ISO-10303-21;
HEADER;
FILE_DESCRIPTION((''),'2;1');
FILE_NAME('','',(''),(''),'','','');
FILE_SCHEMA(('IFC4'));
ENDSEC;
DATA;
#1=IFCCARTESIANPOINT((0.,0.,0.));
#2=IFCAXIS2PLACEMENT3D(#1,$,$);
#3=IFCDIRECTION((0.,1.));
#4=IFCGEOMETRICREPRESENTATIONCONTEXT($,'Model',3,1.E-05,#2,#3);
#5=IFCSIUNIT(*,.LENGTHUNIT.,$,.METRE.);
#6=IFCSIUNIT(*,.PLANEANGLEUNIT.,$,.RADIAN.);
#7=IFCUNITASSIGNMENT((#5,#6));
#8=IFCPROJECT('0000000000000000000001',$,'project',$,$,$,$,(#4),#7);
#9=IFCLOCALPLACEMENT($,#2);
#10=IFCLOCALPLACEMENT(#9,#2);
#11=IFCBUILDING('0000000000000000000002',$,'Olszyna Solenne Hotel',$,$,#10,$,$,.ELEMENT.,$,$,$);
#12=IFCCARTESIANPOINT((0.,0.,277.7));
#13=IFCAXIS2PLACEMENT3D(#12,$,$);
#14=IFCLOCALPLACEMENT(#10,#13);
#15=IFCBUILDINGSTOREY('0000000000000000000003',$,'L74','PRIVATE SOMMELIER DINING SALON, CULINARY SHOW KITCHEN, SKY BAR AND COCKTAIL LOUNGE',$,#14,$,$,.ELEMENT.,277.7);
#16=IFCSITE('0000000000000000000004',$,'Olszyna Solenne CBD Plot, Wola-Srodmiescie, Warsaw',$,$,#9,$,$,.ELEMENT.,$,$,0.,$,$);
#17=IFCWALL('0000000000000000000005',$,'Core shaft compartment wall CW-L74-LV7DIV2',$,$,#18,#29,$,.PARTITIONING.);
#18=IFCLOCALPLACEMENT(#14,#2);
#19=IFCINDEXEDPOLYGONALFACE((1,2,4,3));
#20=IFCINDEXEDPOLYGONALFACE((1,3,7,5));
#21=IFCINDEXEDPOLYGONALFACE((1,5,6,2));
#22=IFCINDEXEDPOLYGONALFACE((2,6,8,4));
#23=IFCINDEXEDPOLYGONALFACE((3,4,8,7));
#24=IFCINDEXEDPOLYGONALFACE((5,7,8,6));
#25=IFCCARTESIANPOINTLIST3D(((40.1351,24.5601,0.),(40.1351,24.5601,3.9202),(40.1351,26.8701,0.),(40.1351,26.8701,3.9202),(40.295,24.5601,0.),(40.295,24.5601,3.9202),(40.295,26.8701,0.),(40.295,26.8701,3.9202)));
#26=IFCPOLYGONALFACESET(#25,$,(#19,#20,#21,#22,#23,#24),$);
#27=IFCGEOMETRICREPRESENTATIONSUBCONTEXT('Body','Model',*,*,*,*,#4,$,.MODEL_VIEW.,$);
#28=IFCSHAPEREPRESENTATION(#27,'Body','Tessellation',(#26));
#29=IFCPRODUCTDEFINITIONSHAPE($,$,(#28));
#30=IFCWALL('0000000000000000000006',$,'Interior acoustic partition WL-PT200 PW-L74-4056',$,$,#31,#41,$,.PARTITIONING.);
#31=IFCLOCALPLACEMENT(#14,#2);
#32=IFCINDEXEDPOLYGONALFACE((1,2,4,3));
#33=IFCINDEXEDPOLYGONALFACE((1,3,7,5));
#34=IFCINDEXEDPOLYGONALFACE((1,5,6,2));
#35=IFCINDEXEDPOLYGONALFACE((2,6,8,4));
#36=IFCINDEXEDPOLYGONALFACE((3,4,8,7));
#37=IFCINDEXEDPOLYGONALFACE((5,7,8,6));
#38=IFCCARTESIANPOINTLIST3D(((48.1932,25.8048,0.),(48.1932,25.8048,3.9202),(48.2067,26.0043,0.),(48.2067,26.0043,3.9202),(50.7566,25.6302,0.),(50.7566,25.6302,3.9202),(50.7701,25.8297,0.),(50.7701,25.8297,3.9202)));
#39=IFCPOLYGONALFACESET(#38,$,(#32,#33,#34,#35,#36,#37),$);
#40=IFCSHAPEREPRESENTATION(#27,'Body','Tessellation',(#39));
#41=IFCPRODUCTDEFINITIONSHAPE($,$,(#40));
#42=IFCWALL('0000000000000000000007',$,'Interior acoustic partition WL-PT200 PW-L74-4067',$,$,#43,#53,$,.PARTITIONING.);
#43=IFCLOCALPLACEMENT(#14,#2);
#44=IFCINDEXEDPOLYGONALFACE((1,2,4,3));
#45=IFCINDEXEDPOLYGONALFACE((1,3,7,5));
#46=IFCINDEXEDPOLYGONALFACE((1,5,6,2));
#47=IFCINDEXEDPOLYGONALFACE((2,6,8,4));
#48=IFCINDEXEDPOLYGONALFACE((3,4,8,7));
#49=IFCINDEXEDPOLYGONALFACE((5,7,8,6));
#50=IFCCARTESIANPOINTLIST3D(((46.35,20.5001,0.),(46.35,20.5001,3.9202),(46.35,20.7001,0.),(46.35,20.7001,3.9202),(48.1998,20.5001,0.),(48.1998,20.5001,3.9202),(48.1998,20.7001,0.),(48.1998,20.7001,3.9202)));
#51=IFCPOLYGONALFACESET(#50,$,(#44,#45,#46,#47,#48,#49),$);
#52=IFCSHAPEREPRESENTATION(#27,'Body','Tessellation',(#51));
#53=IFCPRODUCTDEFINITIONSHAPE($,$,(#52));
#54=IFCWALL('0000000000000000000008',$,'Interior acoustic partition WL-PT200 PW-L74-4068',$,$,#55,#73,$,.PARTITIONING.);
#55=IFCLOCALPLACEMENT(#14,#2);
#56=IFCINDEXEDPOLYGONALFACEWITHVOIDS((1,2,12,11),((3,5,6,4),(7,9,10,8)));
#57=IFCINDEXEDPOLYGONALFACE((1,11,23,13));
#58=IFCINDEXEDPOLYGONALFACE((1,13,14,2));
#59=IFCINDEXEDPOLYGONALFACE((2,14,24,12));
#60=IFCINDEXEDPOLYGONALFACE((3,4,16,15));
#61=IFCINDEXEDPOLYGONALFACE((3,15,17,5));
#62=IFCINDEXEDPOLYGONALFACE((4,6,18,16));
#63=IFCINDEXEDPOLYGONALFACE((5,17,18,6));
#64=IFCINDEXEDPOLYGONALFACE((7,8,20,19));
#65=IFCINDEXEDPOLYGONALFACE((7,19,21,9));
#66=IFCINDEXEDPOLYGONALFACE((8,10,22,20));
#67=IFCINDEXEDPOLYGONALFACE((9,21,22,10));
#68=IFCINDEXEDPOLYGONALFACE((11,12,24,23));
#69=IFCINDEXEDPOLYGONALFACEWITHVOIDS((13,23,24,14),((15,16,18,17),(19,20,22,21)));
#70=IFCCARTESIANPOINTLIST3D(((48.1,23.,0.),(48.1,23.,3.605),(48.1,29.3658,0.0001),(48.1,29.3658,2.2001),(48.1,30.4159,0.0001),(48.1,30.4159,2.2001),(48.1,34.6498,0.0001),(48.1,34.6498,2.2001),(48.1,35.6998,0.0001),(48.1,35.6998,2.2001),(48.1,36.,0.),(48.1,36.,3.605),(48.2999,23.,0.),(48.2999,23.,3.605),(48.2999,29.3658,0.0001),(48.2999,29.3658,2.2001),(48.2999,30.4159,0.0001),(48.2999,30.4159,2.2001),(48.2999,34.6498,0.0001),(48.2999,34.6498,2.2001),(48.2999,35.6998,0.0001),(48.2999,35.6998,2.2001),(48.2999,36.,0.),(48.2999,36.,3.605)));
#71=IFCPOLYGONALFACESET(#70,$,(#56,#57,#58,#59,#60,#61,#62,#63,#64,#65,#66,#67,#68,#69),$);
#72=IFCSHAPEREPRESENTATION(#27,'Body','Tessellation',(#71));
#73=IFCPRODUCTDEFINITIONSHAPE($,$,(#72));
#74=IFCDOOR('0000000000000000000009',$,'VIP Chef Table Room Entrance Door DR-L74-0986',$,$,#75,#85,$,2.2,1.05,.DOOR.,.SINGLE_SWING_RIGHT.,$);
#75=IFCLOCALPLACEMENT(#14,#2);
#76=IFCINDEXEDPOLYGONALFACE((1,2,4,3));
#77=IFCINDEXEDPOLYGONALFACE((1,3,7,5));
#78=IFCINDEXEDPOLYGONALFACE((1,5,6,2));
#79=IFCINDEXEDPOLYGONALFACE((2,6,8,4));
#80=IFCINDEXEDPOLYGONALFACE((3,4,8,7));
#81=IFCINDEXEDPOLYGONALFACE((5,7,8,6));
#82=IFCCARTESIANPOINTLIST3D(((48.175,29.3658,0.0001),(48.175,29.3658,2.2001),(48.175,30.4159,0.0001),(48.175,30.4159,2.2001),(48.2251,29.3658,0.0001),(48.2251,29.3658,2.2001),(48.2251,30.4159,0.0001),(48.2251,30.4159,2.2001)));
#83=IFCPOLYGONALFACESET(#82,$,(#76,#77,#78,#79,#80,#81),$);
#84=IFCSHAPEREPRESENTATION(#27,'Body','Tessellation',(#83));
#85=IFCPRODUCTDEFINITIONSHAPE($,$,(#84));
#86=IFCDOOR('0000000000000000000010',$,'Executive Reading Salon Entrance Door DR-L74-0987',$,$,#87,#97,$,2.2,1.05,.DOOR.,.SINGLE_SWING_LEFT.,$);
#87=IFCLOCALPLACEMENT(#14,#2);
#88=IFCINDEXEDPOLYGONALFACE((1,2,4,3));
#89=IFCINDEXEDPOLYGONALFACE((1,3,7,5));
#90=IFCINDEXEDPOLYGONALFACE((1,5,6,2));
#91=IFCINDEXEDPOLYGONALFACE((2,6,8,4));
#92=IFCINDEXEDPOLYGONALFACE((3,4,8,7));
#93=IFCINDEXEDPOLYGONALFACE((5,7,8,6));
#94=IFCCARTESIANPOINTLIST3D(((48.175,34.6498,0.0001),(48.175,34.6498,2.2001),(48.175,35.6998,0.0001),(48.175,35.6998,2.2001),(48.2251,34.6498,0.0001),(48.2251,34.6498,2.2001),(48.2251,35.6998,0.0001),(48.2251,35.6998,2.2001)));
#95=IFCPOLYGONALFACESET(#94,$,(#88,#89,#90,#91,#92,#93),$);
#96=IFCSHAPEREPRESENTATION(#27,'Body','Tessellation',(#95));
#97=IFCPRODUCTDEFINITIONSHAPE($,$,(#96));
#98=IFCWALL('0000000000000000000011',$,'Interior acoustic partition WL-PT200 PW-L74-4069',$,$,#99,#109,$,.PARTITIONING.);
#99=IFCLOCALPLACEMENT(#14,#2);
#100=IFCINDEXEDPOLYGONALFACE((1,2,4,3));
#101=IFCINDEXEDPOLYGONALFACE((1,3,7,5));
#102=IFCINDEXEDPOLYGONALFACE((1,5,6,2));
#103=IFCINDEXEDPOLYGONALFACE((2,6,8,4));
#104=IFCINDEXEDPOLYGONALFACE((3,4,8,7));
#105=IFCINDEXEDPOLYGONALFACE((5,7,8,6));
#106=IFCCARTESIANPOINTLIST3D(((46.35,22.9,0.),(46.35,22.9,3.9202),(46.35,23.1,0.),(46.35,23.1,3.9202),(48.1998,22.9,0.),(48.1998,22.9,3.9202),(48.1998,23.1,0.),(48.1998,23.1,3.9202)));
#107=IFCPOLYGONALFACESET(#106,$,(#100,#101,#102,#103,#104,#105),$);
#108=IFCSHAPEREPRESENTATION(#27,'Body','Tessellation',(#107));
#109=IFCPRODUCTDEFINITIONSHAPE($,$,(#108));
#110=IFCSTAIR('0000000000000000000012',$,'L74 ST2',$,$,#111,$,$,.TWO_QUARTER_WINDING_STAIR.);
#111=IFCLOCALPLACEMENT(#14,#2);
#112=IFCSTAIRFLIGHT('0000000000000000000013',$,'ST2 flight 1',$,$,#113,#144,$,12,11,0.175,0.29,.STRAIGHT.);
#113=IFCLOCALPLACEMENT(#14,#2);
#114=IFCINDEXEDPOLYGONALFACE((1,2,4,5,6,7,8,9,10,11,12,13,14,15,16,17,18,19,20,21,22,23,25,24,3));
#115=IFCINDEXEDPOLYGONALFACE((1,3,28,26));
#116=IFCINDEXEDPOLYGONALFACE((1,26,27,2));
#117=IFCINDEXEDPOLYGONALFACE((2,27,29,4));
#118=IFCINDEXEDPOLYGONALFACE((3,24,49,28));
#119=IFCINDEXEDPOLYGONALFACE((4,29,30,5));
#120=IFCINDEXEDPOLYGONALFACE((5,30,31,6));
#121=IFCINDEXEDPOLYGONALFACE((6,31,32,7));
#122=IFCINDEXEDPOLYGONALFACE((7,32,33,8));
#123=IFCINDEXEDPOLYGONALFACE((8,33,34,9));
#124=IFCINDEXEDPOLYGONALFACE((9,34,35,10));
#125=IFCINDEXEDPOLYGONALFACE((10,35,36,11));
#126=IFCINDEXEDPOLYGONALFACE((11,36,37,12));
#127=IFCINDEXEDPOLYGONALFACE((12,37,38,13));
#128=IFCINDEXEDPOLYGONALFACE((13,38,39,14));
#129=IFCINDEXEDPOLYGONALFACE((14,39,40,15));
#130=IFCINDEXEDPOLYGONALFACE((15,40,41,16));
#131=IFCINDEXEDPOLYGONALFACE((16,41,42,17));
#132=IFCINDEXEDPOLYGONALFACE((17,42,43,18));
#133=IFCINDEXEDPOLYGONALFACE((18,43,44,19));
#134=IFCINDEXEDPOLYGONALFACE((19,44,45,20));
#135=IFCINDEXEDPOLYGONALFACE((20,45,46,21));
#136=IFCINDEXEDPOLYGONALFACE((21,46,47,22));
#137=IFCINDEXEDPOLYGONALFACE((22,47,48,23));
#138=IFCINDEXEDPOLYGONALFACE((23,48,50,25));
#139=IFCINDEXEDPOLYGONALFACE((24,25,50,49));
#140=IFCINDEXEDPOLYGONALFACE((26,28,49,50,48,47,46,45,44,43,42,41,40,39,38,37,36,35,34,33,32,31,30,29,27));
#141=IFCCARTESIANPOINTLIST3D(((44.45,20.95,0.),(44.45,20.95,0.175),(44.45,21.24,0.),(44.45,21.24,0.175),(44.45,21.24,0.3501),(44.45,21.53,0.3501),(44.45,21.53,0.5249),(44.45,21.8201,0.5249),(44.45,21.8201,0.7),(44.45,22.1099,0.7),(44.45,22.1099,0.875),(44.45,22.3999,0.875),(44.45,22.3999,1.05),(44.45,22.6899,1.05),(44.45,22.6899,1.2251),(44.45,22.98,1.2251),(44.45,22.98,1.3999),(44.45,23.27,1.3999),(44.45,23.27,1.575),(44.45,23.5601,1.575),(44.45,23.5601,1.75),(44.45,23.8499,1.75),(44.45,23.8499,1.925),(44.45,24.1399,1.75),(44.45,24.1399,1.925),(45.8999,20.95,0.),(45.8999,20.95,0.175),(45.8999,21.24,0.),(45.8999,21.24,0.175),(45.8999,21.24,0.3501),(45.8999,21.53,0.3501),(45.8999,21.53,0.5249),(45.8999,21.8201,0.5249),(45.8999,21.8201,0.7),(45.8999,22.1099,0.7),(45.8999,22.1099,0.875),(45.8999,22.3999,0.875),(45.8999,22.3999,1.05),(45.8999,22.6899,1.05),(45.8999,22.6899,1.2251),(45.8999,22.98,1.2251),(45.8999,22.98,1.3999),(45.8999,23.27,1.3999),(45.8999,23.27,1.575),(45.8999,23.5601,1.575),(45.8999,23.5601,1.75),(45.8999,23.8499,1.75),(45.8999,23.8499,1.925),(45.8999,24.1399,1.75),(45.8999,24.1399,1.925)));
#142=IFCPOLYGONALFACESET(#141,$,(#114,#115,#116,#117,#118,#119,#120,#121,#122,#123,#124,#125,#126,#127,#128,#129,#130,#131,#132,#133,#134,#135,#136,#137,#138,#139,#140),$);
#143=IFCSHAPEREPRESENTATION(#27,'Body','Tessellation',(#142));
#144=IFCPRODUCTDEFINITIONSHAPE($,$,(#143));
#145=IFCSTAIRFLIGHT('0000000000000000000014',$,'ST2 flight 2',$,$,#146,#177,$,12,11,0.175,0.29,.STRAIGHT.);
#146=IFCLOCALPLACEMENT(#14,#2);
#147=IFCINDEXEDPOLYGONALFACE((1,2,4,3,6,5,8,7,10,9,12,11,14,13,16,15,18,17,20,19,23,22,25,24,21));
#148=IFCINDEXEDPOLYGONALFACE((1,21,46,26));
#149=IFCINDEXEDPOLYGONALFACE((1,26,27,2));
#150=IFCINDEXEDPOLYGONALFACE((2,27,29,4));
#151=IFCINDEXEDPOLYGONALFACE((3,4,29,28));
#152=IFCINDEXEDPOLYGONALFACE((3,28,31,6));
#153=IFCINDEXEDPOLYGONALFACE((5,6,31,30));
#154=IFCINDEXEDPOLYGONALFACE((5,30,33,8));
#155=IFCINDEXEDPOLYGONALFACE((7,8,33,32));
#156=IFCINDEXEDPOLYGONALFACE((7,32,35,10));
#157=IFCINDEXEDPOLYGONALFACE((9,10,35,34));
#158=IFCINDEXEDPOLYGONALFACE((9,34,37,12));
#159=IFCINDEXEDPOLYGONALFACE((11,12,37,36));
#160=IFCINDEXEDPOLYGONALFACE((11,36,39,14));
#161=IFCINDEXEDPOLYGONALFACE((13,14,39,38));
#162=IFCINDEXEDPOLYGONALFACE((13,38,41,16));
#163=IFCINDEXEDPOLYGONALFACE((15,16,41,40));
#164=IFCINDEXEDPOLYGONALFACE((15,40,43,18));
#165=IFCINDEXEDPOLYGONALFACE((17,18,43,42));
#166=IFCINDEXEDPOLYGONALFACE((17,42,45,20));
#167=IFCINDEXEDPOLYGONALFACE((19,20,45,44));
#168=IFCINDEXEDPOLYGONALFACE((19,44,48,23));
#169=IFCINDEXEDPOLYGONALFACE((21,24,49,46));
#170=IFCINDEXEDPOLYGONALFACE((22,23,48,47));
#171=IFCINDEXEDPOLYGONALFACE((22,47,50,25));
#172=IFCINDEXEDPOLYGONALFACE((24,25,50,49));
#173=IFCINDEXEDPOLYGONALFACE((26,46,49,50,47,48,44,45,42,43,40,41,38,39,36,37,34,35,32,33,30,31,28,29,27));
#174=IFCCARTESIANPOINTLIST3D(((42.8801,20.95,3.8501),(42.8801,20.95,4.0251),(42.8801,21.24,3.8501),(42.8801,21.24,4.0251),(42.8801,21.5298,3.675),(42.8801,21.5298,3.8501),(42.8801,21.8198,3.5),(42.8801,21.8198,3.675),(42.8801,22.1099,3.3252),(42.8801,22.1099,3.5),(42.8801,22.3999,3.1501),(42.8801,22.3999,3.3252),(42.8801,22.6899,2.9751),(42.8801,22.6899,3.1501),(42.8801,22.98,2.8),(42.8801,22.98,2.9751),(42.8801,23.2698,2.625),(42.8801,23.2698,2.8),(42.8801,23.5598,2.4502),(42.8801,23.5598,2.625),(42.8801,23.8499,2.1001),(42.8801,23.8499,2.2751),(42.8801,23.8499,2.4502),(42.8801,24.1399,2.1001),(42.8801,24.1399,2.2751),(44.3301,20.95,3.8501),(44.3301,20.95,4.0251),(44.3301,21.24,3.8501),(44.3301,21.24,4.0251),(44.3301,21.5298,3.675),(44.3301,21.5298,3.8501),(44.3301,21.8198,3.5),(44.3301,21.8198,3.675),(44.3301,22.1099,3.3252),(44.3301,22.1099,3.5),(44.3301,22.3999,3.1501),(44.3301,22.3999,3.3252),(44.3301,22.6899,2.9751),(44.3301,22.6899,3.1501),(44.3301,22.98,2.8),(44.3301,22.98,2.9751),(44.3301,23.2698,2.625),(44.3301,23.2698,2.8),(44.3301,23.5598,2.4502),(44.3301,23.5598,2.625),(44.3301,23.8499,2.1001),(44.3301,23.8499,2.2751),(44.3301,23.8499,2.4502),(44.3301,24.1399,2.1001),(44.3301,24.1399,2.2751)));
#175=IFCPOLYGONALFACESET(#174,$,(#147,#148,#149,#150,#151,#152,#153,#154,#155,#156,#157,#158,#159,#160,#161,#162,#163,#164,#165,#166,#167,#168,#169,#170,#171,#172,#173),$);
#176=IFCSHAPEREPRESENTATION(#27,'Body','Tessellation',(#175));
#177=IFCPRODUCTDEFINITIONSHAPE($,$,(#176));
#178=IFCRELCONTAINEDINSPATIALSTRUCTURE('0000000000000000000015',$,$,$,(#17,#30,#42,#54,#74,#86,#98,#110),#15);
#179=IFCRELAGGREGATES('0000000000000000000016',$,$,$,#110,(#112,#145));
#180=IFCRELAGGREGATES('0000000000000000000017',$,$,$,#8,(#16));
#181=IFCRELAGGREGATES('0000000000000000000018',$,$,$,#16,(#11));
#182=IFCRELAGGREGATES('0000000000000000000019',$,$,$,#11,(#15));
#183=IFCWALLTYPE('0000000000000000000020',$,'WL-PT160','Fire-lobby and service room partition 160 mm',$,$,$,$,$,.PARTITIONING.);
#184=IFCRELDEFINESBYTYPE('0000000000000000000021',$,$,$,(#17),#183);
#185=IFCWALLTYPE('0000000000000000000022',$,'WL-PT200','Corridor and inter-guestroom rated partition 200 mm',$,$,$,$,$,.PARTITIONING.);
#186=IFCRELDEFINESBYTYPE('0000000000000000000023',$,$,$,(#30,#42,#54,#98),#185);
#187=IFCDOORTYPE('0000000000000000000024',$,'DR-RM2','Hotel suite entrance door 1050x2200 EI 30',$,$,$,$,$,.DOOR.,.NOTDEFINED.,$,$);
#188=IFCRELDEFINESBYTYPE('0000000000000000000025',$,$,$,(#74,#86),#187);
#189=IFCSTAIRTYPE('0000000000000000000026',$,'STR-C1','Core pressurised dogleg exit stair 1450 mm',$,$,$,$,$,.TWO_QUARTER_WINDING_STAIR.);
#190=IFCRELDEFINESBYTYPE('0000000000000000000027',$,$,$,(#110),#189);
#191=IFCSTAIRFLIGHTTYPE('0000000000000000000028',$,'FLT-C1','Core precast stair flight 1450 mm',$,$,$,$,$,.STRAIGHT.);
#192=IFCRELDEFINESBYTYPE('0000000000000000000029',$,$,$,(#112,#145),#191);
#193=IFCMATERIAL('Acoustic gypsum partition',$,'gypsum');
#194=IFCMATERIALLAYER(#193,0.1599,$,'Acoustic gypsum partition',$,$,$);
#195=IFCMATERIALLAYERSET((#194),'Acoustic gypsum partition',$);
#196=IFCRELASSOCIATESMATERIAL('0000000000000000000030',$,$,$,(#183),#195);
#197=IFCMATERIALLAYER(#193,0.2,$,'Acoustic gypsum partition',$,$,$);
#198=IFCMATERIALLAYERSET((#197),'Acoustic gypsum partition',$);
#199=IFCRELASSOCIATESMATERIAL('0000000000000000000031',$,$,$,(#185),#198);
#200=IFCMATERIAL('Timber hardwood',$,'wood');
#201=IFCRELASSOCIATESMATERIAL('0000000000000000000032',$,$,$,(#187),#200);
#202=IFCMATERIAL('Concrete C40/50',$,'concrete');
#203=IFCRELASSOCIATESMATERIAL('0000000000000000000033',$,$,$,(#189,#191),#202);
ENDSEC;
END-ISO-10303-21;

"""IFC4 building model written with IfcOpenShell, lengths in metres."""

from ifc_helpers import new_model, si_unit, direction, frame, frame_2d, origin, place, context, subcontext, project, spatial, polyline, rectangle, outline, extrude, source, transform, mapped, material, layer, layer_set, type_object, type_shapes, element, fill, aggregate, save


model = new_model("IFC4")

# Units and contexts
model_context = context("Model", 3, precision=1e-05, world=origin(), true_north=direction((0.0, 1.0)))
body_context = subcontext(model_context, "Body", "Model", "MODEL_VIEW")
ifc_project = project(units=[si_unit("LENGTHUNIT", "METRE"), si_unit("PLANEANGLEUNIT", "RADIAN")], contexts=[model_context])

# Site, building, storey
site_placement = place(None, origin())
site = spatial("IfcSite", under=ifc_project, at=site_placement, Name="Olszyna Solenne CBD Plot, Wola-Srodmiescie, Warsaw", CompositionType="ELEMENT", RefElevation=0.0)
building_placement = place(site_placement, origin())
building = spatial("IfcBuilding", under=site, at=building_placement, Name="Olszyna Solenne Hotel", CompositionType="ELEMENT")
storey_placement = place(building_placement, frame((0.0, 0.0, 277.7)))
storey = spatial("IfcBuildingStorey", under=building, at=storey_placement, Name="L74", Description="PRIVATE SOMMELIER DINING SALON, CULINARY SHOW KITCHEN, SKY BAR AND COCKTAIL LOUNGE", CompositionType="ELEMENT", Elevation=277.7)

# Shared definitions
ifc_material_1 = material(Name="Acoustic gypsum partition", Category="gypsum")

# Shared definitions
ifc_layer_1 = layer(ifc_material_1, 0.1599, Name="Acoustic gypsum partition")
ifc_layer_set_1 = layer_set([ifc_layer_1], Name="Acoustic gypsum partition")
wall_type_1 = type_object("IfcWallType", Name="WL-PT160", Description="Fire-lobby and service room partition 160 mm", PredefinedType="PARTITIONING", material=ifc_layer_set_1)

# Walls
wall_1_placement = place(storey_placement, frame((40.2151, 24.5601, 0.0), z_axis=(0.0, 0.0, 1.0), x_axis=(0.0, 1.0, 0.0)))
element("IfcWall", 1, at=wall_1_placement, inside=storey, type_object=wall_type_1, Name="Core shaft compartment wall CW-L74-LV7DIV2", PredefinedType="PARTITIONING", context=body_context, shape_type="SweptSolid", body=[
    extrude(rectangle(XDim=2.3101, YDim=0.1599, at=frame_2d((1.155, 0.0))), origin(), (0.0, 0.0, 1.0), 3.9202),
])
ifc_layer_2 = layer(ifc_material_1, 0.2, Name="Acoustic gypsum partition")
ifc_layer_set_2 = layer_set([ifc_layer_2], Name="Acoustic gypsum partition")
wall_type_2 = type_object("IfcWallType", Name="WL-PT200", Description="Corridor and inter-guestroom rated partition 200 mm", PredefinedType="PARTITIONING", material=ifc_layer_set_2)
wall_2_placement = place(storey_placement, frame((48.2, 25.9045, 0.0), z_axis=(0.0, 0.0, 1.0), x_axis=(0.99769, -0.067938, 0.0)))
element("IfcWall", 2, at=wall_2_placement, inside=storey, type_object=wall_type_2, Name="Interior acoustic partition WL-PT200 PW-L74-4056", PredefinedType="PARTITIONING", context=body_context, shape_type="SweptSolid", body=[
    extrude(rectangle(XDim=2.5693, YDim=0.2, at=frame_2d((1.2847, 0.0))), origin(), (0.0, 0.0, 1.0), 3.9202),
])
wall_3_placement = place(storey_placement, frame((46.3501, 20.6001, 0.0), z_axis=(0.0, 0.0, 1.0), x_axis=(1.0, 0.0, 0.0)))
element("IfcWall", 3, at=wall_3_placement, inside=storey, type_object=wall_type_2, Name="Interior acoustic partition WL-PT200 PW-L74-4067", PredefinedType="PARTITIONING", context=body_context, shape_type="SweptSolid", body=[
    extrude(rectangle(XDim=1.8499, YDim=0.2, at=frame_2d((0.9248, 0.0))), origin(), (0.0, 0.0, 1.0), 3.9202),
])

# Wall, openings, doors
wall_4_placement = place(storey_placement, frame((48.2, 23.0, 0.0), z_axis=(0.0, 0.0, 1.0), x_axis=(0.0, 1.0, 0.0)))
wall_4 = element("IfcWall", 4, at=wall_4_placement, inside=storey, type_object=wall_type_2, Name="Interior acoustic partition WL-PT200 PW-L74-4068", PredefinedType="PARTITIONING", context=body_context, shape_type="SweptSolid", body=[
    extrude(rectangle(XDim=13.0, YDim=0.2, at=frame_2d((6.5, 0.0))), origin(), (0.0, 0.0, 1.0), 3.605),
])
opening_1_placement = place(wall_4_placement, frame((6.366, 0.0, 0.0)))
opening_1 = element("IfcOpeningElement", 5, at=opening_1_placement, cuts=wall_4, PredefinedType="OPENING", context=body_context, shape_type="SweptSolid", body=[
    extrude(rectangle(XDim=1.05, YDim=2.2, at=frame_2d((0.5249, 1.1001))), frame((0.0, 0.1099, 0.0), z_axis=(0.0, -1.0, 0.0), x_axis=(1.0, 0.0, 0.0)), (0.0, 0.0, 1.0), 0.22),
])
opening_2_placement = place(wall_4_placement, frame((11.6499, 0.0, 0.0)))
opening_2 = element("IfcOpeningElement", 6, at=opening_2_placement, cuts=wall_4, PredefinedType="OPENING", context=body_context, shape_type="SweptSolid", body=[
    extrude(rectangle(XDim=1.05, YDim=2.2, at=frame_2d((0.5249, 1.1001))), frame((0.0, 0.1099, 0.0), z_axis=(0.0, -1.0, 0.0), x_axis=(1.0, 0.0, 0.0)), (0.0, 0.0, 1.0), 0.22),
])
ifc_material_2 = material(Name="Timber hardwood", Category="wood")
door_type_1 = type_object("IfcDoorType", Name="DR-RM2", Description="Hotel suite entrance door 1050x2200 EI 30", OperationType="NOTDEFINED", PredefinedType="DOOR", material=ifc_material_2)
shared_shape_1 = source(origin(), body_context, "Body", "SweptSolid", [
    extrude(rectangle(XDim=1.05, YDim=2.2, at=frame_2d((0.5249, 1.1001))), frame((0.0, 0.0249, 0.0), z_axis=(0.0, -1.0, 0.0), x_axis=(1.0, 0.0, 0.0)), (0.0, 0.0, 1.0), 0.05),
])
type_shapes(door_type_1, [shared_shape_1])
door_1_placement = place(opening_1_placement, origin())
door_1 = element("IfcDoor", 7, at=door_1_placement, inside=storey, type_object=door_type_1, Name="VIP Chef Table Room Entrance Door DR-L74-0986", OperationType="SINGLE_SWING_RIGHT", OverallHeight=2.2, OverallWidth=1.05, PredefinedType="DOOR", context=body_context, shape_type="MappedRepresentation", body=[
    mapped(shared_shape_1, transform((0.0, 0.0, 0.0), x_axis=(1.0, 0.0, 0.0), y_axis=(0.0, 1.0, 0.0), z_axis=(0.0, 0.0, 1.0), scale=1.0)),
])
fill(opening_1, door_1)
door_2_placement = place(opening_2_placement, origin())
door_2 = element("IfcDoor", 8, at=door_2_placement, inside=storey, type_object=door_type_1, Name="Executive Reading Salon Entrance Door DR-L74-0987", OperationType="SINGLE_SWING_LEFT", OverallHeight=2.2, OverallWidth=1.05, PredefinedType="DOOR", context=body_context, shape_type="MappedRepresentation", body=[
    mapped(shared_shape_1, transform((0.0, 0.0, 0.0), x_axis=(1.0, 0.0, 0.0), y_axis=(0.0, 1.0, 0.0), z_axis=(0.0, 0.0, 1.0), scale=1.0)),
])
fill(opening_2, door_2)

# Wall
wall_5_placement = place(storey_placement, frame((46.3501, 23.0, 0.0), z_axis=(0.0, 0.0, 1.0), x_axis=(1.0, 0.0, 0.0)))
element("IfcWall", 9, at=wall_5_placement, inside=storey, type_object=wall_type_2, Name="Interior acoustic partition WL-PT200 PW-L74-4069", PredefinedType="PARTITIONING", context=body_context, shape_type="SweptSolid", body=[
    extrude(rectangle(XDim=1.8499, YDim=0.2, at=frame_2d((0.9248, 0.0))), origin(), (0.0, 0.0, 1.0), 3.9202),
])

# Stair, stair flights
ifc_material_3 = material(Name="Concrete C40/50", Category="concrete")
stair_type = type_object("IfcStairType", Name="STR-C1", Description="Core pressurised dogleg exit stair 1450 mm", PredefinedType="TWO_QUARTER_WINDING_STAIR", material=ifc_material_3)
stair_placement = place(storey_placement, origin())
stair = element("IfcStair", 10, at=stair_placement, inside=storey, type_object=stair_type, Name="L74 ST2", PredefinedType="TWO_QUARTER_WINDING_STAIR")
stair_flight_type = type_object("IfcStairFlightType", Name="FLT-C1", Description="Core precast stair flight 1450 mm", PredefinedType="STRAIGHT", material=ifc_material_3)
stair_flight_1_placement = place(storey_placement, frame((45.175, 20.95, 0.0), z_axis=(0.0, 0.0, 1.0), x_axis=(0.0, 1.0, 0.0)))
stair_flight_1 = element("IfcStairFlight", 11, at=stair_flight_1_placement, type_object=stair_flight_type, Name="ST2 flight 1", NumberOfRisers=12, NumberOfTreads=11, PredefinedType="STRAIGHT", RiserHeight=0.175, TreadLength=0.29, context=body_context, shape_type="SweptSolid", body=[
    extrude(outline(polyline([(0.0, 0.0), (0.0, 0.175), (0.29, 0.175), (0.29, 0.3501), (0.5801, 0.3501), (0.5801, 0.5249), (0.8701, 0.5249), (0.8701, 0.7), (1.1599, 0.7), (1.1599, 0.875), (1.45, 0.875), (1.45, 1.05), (1.74, 1.05), (1.74, 1.2251), (2.03, 1.2251), (2.03, 1.3999), (2.3201, 1.3999), (2.3201, 1.575), (2.6101, 1.575), (2.6101, 1.75), (2.8999, 1.75), (2.8999, 1.925), (3.1899, 1.925), (3.1899, 2.1001), (3.1899, 1.75), (0.29, 0.0), (0.0, 0.0)])), frame((0.0, 0.7251, 0.0), z_axis=(0.0, -1.0, 0.0), x_axis=(1.0, 0.0, 0.0)), (0.0, 0.0, 1.0), 1.45),
])
stair_flight_2_placement = place(storey_placement, frame((43.605, 24.1399, 2.1001), z_axis=(0.0, 0.0, 1.0), x_axis=(0.0, -1.0, 0.0)))
stair_flight_2 = element("IfcStairFlight", 12, at=stair_flight_2_placement, type_object=stair_flight_type, Name="ST2 flight 2", NumberOfRisers=12, NumberOfTreads=11, PredefinedType="STRAIGHT", RiserHeight=0.175, TreadLength=0.29, context=body_context, shape_type="SweptSolid", body=[
    extrude(outline(polyline([(0.0, 0.0), (0.0, 0.175), (0.29, 0.175), (0.29, 0.3501), (0.5801, 0.3501), (0.5801, 0.5249), (0.8701, 0.5249), (0.8701, 0.7), (1.1599, 0.7), (1.1599, 0.875), (1.45, 0.875), (1.45, 1.05), (1.74, 1.05), (1.74, 1.2251), (2.03, 1.2251), (2.03, 1.3999), (2.3201, 1.3999), (2.3201, 1.575), (2.6101, 1.575), (2.6101, 1.75), (2.8999, 1.75), (2.8999, 1.925), (3.1899, 1.925), (3.1899, 2.1001), (3.1899, 1.75), (0.29, 0.0), (0.0, 0.0)])), frame((0.0, 0.7251, 0.0), z_axis=(0.0, -1.0, 0.0), x_axis=(1.0, 0.0, 0.0)), (0.0, 0.0, 1.0), 1.45),
])
aggregate(stair, [stair_flight_1, stair_flight_2])

save(model, "model.ifc")
